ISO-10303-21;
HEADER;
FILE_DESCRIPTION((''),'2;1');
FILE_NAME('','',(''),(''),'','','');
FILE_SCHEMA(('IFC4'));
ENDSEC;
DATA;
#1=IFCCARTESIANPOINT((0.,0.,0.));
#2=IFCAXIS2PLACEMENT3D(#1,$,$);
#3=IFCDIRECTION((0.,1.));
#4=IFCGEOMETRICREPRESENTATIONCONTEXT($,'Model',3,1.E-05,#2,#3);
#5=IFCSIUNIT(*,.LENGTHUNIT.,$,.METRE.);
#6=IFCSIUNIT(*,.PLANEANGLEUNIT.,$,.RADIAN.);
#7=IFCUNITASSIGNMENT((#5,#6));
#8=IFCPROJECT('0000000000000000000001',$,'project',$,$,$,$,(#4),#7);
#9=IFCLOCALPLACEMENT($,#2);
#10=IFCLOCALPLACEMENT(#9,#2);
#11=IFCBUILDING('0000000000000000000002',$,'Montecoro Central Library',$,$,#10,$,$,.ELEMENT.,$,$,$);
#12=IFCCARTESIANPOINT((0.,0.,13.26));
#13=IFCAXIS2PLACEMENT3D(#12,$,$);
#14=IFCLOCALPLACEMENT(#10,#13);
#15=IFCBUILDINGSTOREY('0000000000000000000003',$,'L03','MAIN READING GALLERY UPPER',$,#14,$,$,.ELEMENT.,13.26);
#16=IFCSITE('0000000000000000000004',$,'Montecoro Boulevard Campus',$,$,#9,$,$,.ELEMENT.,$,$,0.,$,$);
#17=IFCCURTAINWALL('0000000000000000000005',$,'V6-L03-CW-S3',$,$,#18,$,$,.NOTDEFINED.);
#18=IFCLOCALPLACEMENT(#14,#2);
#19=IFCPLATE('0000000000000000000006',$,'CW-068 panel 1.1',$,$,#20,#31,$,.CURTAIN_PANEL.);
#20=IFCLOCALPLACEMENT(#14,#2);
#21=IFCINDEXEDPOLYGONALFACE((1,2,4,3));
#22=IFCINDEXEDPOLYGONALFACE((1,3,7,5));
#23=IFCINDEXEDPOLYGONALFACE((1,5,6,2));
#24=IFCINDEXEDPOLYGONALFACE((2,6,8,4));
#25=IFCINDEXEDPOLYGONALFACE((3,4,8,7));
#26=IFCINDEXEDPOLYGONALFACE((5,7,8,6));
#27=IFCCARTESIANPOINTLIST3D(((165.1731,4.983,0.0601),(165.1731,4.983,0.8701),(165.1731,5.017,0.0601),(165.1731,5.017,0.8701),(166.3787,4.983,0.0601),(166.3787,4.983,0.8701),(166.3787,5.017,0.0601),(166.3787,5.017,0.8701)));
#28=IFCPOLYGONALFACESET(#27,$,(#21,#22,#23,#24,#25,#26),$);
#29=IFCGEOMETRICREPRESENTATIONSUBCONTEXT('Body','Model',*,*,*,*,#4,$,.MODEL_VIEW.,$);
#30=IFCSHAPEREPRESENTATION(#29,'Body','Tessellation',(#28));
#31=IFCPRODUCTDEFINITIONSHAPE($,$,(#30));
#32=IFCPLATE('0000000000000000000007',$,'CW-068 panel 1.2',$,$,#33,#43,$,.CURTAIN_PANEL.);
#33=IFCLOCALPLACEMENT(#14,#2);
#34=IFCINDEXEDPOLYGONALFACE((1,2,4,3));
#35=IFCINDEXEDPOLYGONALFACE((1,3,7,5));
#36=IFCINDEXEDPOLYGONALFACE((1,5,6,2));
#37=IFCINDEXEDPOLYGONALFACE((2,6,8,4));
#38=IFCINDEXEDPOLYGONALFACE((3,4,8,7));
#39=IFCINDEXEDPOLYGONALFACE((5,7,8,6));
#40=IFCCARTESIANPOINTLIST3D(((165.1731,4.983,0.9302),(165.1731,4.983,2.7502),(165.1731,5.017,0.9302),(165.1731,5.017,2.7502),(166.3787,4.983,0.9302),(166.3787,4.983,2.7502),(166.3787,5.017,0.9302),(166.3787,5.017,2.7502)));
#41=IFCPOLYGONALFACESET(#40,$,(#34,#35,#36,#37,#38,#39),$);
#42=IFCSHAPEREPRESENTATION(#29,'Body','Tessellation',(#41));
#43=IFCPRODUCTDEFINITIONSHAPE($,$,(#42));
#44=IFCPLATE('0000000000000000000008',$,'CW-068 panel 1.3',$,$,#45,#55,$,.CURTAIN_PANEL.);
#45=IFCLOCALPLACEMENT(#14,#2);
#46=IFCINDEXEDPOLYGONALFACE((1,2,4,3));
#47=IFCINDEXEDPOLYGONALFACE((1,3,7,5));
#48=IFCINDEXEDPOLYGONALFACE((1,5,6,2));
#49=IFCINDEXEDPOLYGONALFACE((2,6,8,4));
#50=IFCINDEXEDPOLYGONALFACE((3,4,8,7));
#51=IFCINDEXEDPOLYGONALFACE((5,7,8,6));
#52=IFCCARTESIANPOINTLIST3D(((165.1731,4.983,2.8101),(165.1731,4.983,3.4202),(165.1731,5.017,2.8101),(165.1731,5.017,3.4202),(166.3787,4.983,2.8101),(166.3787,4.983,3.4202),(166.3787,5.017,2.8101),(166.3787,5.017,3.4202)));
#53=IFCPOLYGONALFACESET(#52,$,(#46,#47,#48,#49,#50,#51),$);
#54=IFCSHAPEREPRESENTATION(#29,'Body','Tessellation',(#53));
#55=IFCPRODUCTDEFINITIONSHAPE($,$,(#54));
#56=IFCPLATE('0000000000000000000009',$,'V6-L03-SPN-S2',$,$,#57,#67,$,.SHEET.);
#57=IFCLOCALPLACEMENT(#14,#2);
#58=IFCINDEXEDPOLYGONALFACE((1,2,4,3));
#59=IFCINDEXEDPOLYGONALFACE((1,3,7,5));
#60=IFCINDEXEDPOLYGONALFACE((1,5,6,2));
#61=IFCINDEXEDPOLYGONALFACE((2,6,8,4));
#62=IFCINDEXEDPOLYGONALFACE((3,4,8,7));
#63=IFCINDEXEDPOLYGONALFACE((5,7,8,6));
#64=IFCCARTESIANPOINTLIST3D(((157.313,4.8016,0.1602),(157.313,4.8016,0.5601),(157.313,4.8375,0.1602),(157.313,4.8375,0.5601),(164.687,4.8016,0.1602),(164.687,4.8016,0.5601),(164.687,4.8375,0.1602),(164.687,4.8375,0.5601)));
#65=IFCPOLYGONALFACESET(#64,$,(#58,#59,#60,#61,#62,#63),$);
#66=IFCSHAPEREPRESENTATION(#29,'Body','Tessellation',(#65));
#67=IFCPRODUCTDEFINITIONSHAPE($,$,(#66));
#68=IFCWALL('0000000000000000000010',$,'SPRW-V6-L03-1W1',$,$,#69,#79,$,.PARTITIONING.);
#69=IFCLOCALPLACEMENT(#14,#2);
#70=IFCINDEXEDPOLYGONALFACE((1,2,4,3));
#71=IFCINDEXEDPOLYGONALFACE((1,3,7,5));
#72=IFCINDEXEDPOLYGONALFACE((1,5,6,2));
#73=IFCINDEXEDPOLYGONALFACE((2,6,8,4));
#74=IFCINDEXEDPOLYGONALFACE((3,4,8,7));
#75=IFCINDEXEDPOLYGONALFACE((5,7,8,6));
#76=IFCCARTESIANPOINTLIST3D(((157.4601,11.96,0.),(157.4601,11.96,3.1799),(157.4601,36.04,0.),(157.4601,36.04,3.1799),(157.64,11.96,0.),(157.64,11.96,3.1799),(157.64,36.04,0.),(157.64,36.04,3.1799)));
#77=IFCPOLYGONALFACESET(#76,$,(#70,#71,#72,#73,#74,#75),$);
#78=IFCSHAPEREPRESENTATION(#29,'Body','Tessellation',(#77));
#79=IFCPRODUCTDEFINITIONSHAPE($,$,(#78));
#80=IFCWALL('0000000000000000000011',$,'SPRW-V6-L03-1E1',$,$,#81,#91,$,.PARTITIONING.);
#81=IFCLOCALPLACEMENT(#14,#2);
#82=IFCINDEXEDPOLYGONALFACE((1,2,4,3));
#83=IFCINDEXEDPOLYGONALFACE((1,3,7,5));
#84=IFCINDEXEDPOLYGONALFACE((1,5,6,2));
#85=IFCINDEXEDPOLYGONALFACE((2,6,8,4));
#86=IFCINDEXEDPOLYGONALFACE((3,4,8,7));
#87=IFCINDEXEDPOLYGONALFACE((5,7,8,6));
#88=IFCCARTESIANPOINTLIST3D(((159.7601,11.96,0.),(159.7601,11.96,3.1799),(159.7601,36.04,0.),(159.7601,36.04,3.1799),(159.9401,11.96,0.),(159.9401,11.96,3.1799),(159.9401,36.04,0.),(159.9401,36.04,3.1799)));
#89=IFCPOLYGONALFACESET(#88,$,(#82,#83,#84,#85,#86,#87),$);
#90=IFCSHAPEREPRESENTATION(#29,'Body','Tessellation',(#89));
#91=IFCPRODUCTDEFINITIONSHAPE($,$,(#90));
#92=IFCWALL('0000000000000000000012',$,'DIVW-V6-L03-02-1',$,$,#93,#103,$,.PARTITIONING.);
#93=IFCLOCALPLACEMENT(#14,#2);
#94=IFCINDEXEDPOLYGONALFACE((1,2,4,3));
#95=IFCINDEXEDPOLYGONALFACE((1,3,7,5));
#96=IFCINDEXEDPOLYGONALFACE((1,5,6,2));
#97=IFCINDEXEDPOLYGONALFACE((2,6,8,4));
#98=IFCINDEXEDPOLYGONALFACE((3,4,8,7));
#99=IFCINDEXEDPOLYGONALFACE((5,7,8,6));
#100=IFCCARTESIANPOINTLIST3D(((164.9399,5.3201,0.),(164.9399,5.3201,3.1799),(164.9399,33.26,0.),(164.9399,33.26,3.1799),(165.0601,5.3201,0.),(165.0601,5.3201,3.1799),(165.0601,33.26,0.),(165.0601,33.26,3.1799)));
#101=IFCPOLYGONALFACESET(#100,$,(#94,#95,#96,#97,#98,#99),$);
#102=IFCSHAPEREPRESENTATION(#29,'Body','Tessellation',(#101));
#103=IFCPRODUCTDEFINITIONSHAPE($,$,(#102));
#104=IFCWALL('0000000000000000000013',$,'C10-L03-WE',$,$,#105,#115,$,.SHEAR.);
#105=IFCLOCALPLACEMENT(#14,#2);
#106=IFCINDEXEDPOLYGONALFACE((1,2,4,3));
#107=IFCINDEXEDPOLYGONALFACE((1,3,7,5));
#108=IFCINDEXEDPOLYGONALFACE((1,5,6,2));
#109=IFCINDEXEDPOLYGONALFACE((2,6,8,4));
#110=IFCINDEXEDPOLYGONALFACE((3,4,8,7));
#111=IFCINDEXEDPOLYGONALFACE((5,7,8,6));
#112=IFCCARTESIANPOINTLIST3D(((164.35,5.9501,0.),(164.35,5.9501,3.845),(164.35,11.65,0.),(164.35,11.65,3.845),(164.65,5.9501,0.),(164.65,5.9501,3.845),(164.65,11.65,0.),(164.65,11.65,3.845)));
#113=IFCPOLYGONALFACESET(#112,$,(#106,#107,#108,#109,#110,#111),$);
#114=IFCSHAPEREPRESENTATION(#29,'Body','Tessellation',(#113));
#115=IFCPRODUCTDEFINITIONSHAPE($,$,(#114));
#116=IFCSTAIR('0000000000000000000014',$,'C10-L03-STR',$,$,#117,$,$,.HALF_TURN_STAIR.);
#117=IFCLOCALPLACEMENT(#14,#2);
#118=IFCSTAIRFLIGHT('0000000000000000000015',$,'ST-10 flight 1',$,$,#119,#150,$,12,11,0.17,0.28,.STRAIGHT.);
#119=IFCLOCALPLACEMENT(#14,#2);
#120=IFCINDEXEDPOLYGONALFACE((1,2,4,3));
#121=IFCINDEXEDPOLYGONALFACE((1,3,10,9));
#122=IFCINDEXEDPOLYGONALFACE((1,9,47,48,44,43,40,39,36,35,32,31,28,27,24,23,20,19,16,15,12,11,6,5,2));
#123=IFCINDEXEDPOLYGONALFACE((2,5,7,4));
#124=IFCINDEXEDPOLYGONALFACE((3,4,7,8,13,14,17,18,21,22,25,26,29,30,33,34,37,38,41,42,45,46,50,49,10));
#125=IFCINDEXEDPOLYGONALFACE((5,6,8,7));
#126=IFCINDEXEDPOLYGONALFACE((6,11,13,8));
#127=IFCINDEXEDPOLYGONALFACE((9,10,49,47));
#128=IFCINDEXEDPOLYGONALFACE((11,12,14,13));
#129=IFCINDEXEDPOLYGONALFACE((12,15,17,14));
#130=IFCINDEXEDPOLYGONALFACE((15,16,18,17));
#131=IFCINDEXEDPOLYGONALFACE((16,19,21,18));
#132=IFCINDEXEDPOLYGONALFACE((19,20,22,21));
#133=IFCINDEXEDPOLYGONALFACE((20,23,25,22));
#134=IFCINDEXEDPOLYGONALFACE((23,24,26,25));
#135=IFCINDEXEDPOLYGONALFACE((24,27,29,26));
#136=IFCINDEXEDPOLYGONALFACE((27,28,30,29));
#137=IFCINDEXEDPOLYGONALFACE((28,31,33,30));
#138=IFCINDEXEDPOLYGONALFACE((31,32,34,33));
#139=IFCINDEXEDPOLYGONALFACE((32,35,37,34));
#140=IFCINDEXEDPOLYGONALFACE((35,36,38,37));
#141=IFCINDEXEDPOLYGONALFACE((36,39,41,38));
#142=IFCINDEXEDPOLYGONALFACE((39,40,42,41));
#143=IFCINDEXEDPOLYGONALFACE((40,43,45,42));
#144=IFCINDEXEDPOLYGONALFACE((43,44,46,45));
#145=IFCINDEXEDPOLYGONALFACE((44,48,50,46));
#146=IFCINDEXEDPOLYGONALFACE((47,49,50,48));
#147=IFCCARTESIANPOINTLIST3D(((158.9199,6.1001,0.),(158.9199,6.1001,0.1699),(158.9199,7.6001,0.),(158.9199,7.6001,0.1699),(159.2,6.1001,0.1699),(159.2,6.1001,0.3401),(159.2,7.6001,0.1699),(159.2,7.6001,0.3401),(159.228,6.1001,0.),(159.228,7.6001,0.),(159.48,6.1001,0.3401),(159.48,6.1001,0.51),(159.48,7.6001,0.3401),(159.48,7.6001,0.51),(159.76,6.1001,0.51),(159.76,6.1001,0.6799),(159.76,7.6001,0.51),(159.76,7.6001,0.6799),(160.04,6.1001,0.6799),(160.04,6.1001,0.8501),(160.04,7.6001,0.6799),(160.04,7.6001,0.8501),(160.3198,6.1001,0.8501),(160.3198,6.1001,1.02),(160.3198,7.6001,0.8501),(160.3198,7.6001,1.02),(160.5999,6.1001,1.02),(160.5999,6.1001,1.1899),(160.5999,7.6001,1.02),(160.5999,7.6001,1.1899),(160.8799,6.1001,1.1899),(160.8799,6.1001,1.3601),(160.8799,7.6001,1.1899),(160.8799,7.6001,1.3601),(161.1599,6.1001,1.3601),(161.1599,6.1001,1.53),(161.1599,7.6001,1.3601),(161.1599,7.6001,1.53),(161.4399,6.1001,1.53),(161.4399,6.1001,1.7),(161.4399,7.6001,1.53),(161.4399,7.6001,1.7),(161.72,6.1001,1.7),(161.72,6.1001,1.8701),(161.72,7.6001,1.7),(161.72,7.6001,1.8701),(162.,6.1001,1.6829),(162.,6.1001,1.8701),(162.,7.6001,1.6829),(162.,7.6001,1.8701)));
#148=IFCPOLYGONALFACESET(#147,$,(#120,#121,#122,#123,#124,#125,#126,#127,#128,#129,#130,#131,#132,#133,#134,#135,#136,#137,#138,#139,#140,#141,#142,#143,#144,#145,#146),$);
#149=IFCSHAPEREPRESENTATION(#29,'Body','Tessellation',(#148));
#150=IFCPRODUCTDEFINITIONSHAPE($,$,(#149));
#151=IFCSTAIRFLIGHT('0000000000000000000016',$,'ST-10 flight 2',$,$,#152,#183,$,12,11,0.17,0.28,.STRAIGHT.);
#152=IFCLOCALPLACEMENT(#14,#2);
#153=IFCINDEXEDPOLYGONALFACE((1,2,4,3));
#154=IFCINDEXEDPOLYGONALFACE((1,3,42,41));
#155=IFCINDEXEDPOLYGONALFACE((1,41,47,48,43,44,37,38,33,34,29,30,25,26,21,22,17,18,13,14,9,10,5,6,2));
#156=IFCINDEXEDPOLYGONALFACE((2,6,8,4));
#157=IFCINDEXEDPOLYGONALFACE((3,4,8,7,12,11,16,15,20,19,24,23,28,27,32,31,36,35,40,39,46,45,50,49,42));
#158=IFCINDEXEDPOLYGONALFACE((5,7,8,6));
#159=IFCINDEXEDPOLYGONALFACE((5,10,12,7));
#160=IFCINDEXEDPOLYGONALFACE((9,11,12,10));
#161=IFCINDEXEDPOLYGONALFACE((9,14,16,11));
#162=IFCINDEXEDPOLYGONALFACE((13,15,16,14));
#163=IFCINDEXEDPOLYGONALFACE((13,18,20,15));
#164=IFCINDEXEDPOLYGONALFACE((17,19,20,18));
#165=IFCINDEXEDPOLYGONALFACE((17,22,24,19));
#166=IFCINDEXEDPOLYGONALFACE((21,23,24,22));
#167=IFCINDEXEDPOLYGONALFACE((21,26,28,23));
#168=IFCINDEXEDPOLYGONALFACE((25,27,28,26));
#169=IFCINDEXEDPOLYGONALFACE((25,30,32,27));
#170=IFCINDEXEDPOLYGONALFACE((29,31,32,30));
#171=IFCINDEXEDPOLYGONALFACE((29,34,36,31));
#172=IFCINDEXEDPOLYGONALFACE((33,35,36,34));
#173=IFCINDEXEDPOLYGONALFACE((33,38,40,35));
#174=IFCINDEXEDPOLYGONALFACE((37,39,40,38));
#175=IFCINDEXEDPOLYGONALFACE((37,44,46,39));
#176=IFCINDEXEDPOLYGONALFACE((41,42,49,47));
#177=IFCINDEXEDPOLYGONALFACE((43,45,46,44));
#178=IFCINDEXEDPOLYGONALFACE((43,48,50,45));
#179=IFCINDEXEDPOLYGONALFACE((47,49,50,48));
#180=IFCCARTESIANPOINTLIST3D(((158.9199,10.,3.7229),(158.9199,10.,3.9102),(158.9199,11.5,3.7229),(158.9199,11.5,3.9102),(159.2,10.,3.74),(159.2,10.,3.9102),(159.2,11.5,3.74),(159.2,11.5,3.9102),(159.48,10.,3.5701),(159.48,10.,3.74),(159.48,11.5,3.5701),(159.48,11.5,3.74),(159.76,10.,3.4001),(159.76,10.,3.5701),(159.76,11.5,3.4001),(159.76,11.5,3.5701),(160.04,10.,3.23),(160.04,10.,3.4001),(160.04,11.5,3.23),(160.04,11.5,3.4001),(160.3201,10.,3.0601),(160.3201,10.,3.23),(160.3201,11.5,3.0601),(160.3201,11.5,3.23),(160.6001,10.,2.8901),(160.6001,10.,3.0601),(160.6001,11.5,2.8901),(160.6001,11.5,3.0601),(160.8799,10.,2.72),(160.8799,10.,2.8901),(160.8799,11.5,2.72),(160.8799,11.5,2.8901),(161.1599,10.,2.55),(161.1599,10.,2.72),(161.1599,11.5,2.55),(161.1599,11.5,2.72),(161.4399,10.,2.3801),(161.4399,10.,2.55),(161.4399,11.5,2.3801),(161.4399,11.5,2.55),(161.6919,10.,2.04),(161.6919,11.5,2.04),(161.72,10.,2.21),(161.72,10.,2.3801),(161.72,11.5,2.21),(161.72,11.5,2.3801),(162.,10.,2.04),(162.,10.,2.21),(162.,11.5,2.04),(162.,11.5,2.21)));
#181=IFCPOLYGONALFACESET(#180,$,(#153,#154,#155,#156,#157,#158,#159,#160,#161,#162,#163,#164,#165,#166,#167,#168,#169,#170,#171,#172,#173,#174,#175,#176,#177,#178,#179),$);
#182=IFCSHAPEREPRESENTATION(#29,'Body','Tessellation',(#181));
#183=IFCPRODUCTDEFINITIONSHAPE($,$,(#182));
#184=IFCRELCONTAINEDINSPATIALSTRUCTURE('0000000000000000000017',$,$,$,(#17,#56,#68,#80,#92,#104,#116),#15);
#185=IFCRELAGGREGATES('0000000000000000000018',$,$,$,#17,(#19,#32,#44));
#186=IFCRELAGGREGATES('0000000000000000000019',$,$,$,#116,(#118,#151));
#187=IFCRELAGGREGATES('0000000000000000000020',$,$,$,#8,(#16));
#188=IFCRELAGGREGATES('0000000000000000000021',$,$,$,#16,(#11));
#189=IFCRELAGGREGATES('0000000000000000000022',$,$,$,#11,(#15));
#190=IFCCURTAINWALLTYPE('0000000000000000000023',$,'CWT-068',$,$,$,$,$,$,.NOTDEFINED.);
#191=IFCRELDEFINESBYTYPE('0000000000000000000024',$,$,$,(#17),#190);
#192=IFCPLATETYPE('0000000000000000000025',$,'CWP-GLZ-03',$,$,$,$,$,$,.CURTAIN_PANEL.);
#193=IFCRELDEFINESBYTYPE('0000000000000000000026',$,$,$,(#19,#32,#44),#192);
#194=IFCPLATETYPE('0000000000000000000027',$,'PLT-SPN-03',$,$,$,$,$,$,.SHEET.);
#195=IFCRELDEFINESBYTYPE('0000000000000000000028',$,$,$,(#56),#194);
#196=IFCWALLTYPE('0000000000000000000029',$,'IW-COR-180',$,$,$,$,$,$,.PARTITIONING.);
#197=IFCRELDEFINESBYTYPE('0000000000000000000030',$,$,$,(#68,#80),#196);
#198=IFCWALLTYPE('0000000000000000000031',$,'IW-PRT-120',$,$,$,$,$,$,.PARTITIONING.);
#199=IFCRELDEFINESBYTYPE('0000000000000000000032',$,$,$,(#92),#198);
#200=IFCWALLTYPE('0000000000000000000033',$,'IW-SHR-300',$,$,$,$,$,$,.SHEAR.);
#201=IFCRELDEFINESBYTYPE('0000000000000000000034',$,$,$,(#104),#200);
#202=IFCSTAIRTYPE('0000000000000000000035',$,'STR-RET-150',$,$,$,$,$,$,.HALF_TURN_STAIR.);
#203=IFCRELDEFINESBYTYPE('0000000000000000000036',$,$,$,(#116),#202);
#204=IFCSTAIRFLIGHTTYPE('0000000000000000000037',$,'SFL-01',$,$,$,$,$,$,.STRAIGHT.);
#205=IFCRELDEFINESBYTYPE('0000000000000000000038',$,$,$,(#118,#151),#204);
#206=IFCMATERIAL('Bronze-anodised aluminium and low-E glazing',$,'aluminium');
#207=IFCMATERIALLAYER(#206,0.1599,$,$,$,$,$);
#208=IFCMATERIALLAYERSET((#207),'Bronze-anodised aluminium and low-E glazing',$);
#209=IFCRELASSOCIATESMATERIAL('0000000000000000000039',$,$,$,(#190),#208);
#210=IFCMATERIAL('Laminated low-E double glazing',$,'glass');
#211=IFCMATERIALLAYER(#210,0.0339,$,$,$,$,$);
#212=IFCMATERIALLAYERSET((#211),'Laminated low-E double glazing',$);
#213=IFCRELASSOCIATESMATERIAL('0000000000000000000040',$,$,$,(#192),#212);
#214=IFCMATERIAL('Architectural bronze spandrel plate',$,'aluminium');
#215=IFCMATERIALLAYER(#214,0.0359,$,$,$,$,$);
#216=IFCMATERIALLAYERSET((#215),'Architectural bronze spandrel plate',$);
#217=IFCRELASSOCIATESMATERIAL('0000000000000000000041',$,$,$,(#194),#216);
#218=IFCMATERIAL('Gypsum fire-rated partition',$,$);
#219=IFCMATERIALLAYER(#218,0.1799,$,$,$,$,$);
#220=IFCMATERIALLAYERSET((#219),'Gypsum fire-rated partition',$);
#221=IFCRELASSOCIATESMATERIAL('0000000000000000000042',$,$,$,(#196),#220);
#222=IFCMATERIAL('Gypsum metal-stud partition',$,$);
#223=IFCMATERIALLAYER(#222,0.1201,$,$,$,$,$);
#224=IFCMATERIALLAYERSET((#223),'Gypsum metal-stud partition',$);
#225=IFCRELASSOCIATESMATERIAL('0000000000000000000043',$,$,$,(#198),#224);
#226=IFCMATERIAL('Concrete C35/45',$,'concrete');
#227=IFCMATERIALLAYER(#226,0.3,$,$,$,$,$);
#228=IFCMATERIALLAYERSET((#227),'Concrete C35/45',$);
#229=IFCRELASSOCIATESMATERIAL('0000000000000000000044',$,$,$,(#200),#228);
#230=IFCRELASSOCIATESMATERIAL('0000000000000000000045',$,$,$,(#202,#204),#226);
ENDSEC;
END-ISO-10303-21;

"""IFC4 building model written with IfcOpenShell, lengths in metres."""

from ifc_helpers import new_model, si_unit, direction, frame, frame_2d, origin, origin_2d, place, context, subcontext, project, spatial, polyline, rectangle, outline, extrude, material, layer, layer_set, type_object, element, aggregate, save


model = new_model("IFC4")

# Units and contexts
model_context = context("Model", 3, precision=1e-05, world=origin(), true_north=direction((0.0, 1.0)))
body_context = subcontext(model_context, "Body", "Model", "MODEL_VIEW")
ifc_project = project(units=[si_unit("LENGTHUNIT", "METRE"), si_unit("PLANEANGLEUNIT", "RADIAN")], contexts=[model_context])

# Site, building, storey
site_placement = place(None, origin())
site = spatial("IfcSite", under=ifc_project, at=site_placement, Name="Montecoro Boulevard Campus", CompositionType="ELEMENT", RefElevation=0.0)
building_placement = place(site_placement, origin())
building = spatial("IfcBuilding", under=site, at=building_placement, Name="Montecoro Central Library", CompositionType="ELEMENT")
storey_placement = place(building_placement, frame((0.0, 0.0, 13.26)))
storey = spatial("IfcBuildingStorey", under=building, at=storey_placement, Name="L03", Description="MAIN READING GALLERY UPPER", CompositionType="ELEMENT", Elevation=13.26)

# Shared definitions
ifc_material_1 = material(Name="Concrete C35/45", Category="concrete")

# Curtain wall, plates
ifc_material_2 = material(Name="Bronze-anodised aluminium and low-E glazing", Category="aluminium")
ifc_layer_1 = layer(ifc_material_2, 0.1599)
ifc_layer_set_1 = layer_set([ifc_layer_1], Name="Bronze-anodised aluminium and low-E glazing")
curtain_wall_type = type_object("IfcCurtainWallType", Name="CWT-068", PredefinedType="NOTDEFINED", material=ifc_layer_set_1)
curtain_wall_placement = place(storey_placement, origin())
curtain_wall = element("IfcCurtainWall", 1, at=curtain_wall_placement, inside=storey, type_object=curtain_wall_type, Name="V6-L03-CW-S3", PredefinedType="NOTDEFINED")
ifc_material_3 = material(Name="Laminated low-E double glazing", Category="glass")
ifc_layer_2 = layer(ifc_material_3, 0.0339)
ifc_layer_set_2 = layer_set([ifc_layer_2], Name="Laminated low-E double glazing")
plate_type_1 = type_object("IfcPlateType", Name="CWP-GLZ-03", PredefinedType="CURTAIN_PANEL", material=ifc_layer_set_2)
plate_1_placement = place(storey_placement, frame((165.7759, 5.0, 0.0601), z_axis=(0.0, 0.0, 1.0), x_axis=(1.0, 0.0, 0.0)))
plate_1 = element("IfcPlate", 2, at=plate_1_placement, type_object=plate_type_1, Name="CW-068 panel 1.1", PredefinedType="CURTAIN_PANEL", context=body_context, shape_type="SweptSolid", body=[
    extrude(rectangle(XDim=1.2056, YDim=0.0339, at=origin_2d()), origin(), (0.0, 0.0, 1.0), 0.8101),
])
plate_2_placement = place(storey_placement, frame((165.7759, 5.0, 0.9302), z_axis=(0.0, 0.0, 1.0), x_axis=(1.0, 0.0, 0.0)))
plate_2 = element("IfcPlate", 3, at=plate_2_placement, type_object=plate_type_1, Name="CW-068 panel 1.2", PredefinedType="CURTAIN_PANEL", context=body_context, shape_type="SweptSolid", body=[
    extrude(rectangle(XDim=1.2056, YDim=0.0339, at=origin_2d()), origin(), (0.0, 0.0, 1.0), 1.8201),
])
plate_3_placement = place(storey_placement, frame((165.7759, 5.0, 2.8101), z_axis=(0.0, 0.0, 1.0), x_axis=(1.0, 0.0, 0.0)))
plate_3 = element("IfcPlate", 4, at=plate_3_placement, type_object=plate_type_1, Name="CW-068 panel 1.3", PredefinedType="CURTAIN_PANEL", context=body_context, shape_type="SweptSolid", body=[
    extrude(rectangle(XDim=1.2056, YDim=0.0339, at=origin_2d()), origin(), (0.0, 0.0, 1.0), 0.6101),
])
aggregate(curtain_wall, [plate_1, plate_2, plate_3])

# Plate
ifc_material_4 = material(Name="Architectural bronze spandrel plate", Category="aluminium")
ifc_layer_3 = layer(ifc_material_4, 0.0359)
ifc_layer_set_3 = layer_set([ifc_layer_3], Name="Architectural bronze spandrel plate")
plate_type_2 = type_object("IfcPlateType", Name="PLT-SPN-03", PredefinedType="SHEET", material=ifc_layer_set_3)
plate_4_placement = place(storey_placement, frame((161.0, 4.8196, 0.1602), z_axis=(0.0, 0.0, 1.0), x_axis=(1.0, 0.0, 0.0)))
element("IfcPlate", 5, at=plate_4_placement, inside=storey, type_object=plate_type_2, Name="V6-L03-SPN-S2", PredefinedType="SHEET", context=body_context, shape_type="SweptSolid", body=[
    extrude(rectangle(XDim=7.374, YDim=0.0359, at=origin_2d()), origin(), (0.0, 0.0, 1.0), 0.3999),
])

# Walls
ifc_material_5 = material(Name="Gypsum fire-rated partition")
ifc_layer_4 = layer(ifc_material_5, 0.1799)
ifc_layer_set_4 = layer_set([ifc_layer_4], Name="Gypsum fire-rated partition")
wall_type_1 = type_object("IfcWallType", Name="IW-COR-180", PredefinedType="PARTITIONING", material=ifc_layer_set_4)
for number, where, z_axis, x_axis, name in (
    (6, (157.55, 11.96, 0.0), (0.0, 0.0, 1.0), (0.0, 1.0, 0.0), "SPRW-V6-L03-1W1"),
    (7, (159.8501, 11.96, 0.0), (0.0, 0.0, 1.0), (0.0, 1.0, 0.0), "SPRW-V6-L03-1E1"),
):
    element("IfcWall", number, at=place(storey_placement, frame(where, z_axis=z_axis, x_axis=x_axis)), inside=storey, type_object=wall_type_1, Name=name, PredefinedType="PARTITIONING", context=body_context, shape_type="SweptSolid", body=[
        extrude(rectangle(XDim=24.0801, YDim=0.1799, at=frame_2d((12.04, 0.0))), origin(), (0.0, 0.0, 1.0), 3.1799),
    ])
ifc_material_6 = material(Name="Gypsum metal-stud partition")
ifc_layer_5 = layer(ifc_material_6, 0.1201)
ifc_layer_set_5 = layer_set([ifc_layer_5], Name="Gypsum metal-stud partition")
wall_type_2 = type_object("IfcWallType", Name="IW-PRT-120", PredefinedType="PARTITIONING", material=ifc_layer_set_5)
wall_1_placement = place(storey_placement, frame((165.0, 5.3201, 0.0), z_axis=(0.0, 0.0, 1.0), x_axis=(0.0, 1.0, 0.0)))
element("IfcWall", 8, at=wall_1_placement, inside=storey, type_object=wall_type_2, Name="DIVW-V6-L03-02-1", PredefinedType="PARTITIONING", context=body_context, shape_type="SweptSolid", body=[
    extrude(rectangle(XDim=27.9399, YDim=0.1201, at=frame_2d((13.97, 0.0))), origin(), (0.0, 0.0, 1.0), 3.1799),
])
ifc_layer_6 = layer(ifc_material_1, 0.3)
ifc_layer_set_6 = layer_set([ifc_layer_6], Name="Concrete C35/45")
wall_type_3 = type_object("IfcWallType", Name="IW-SHR-300", PredefinedType="SHEAR", material=ifc_layer_set_6)
wall_2_placement = place(storey_placement, frame((164.5, 5.95, 0.0), z_axis=(0.0, 0.0, 1.0), x_axis=(0.0, 1.0, 0.0)))
element("IfcWall", 9, at=wall_2_placement, inside=storey, type_object=wall_type_3, Name="C10-L03-WE", PredefinedType="SHEAR", context=body_context, shape_type="SweptSolid", body=[
    extrude(rectangle(XDim=5.7, YDim=0.3, at=frame_2d((2.8501, 0.0))), origin(), (0.0, 0.0, 1.0), 3.845),
])

# Stair, stair flights
stair_type = type_object("IfcStairType", Name="STR-RET-150", PredefinedType="HALF_TURN_STAIR", material=ifc_material_1)
stair_placement = place(storey_placement, origin())
stair = element("IfcStair", 10, at=stair_placement, inside=storey, type_object=stair_type, Name="C10-L03-STR", PredefinedType="HALF_TURN_STAIR")
stair_flight_type = type_object("IfcStairFlightType", Name="SFL-01", PredefinedType="STRAIGHT", material=ifc_material_1)
stair_flight_1_placement = place(storey_placement, frame((158.9199, 6.8501, 0.0), z_axis=(0.0, 0.0, 1.0), x_axis=(1.0, 0.0, 0.0)))
stair_flight_1 = element("IfcStairFlight", 11, at=stair_flight_1_placement, type_object=stair_flight_type, Name="ST-10 flight 1", NumberOfRisers=12, NumberOfTreads=11, PredefinedType="STRAIGHT", RiserHeight=0.17, TreadLength=0.28, context=body_context, shape_type="SweptSolid", body=[
    extrude(outline(polyline([(0.0, 0.0), (0.0, 0.1699), (0.28, 0.1699), (0.28, 0.3401), (0.5601, 0.3401), (0.5601, 0.51), (0.8401, 0.51), (0.8401, 0.6799), (1.1201, 0.6799), (1.1201, 0.8501), (1.3999, 0.8501), (1.3999, 1.02), (1.6799, 1.02), (1.6799, 1.1899), (1.96, 1.1899), (1.96, 1.3601), (2.24, 1.3601), (2.24, 1.53), (2.52, 1.53), (2.52, 1.7), (2.8, 1.7), (2.8, 1.8701), (3.0801, 1.8701), (3.0801, 2.04), (3.0801, 1.6829), (0.3081, 0.0), (0.0, 0.0)])), frame((0.0, 0.75, 0.0), z_axis=(0.0, -1.0, 0.0), x_axis=(1.0, 0.0, 0.0)), (0.0, 0.0, 1.0), 1.5),
])
stair_flight_2_placement = place(storey_placement, frame((162.0, 10.75, 2.04), z_axis=(0.0, 0.0, 1.0), x_axis=(-1.0, 0.0, 0.0)))
stair_flight_2 = element("IfcStairFlight", 12, at=stair_flight_2_placement, type_object=stair_flight_type, Name="ST-10 flight 2", NumberOfRisers=12, NumberOfTreads=11, PredefinedType="STRAIGHT", RiserHeight=0.17, TreadLength=0.28, context=body_context, shape_type="SweptSolid", body=[
    extrude(outline(polyline([(0.0, 0.0), (0.0, 0.1699), (0.28, 0.1699), (0.28, 0.3401), (0.5601, 0.3401), (0.5601, 0.51), (0.8401, 0.51), (0.8401, 0.6799), (1.1201, 0.6799), (1.1201, 0.8501), (1.3999, 0.8501), (1.3999, 1.02), (1.6799, 1.02), (1.6799, 1.1899), (1.96, 1.1899), (1.96, 1.3601), (2.24, 1.3601), (2.24, 1.53), (2.52, 1.53), (2.52, 1.7), (2.8, 1.7), (2.8, 1.8701), (3.0801, 1.8701), (3.0801, 2.04), (3.0801, 1.6829), (0.3081, 0.0), (0.0, 0.0)])), frame((0.0, 0.75, 0.0), z_axis=(0.0, -1.0, 0.0), x_axis=(1.0, 0.0, 0.0)), (0.0, 0.0, 1.0), 1.5),
])
aggregate(stair, [stair_flight_1, stair_flight_2])

save(model, "model.ifc")
